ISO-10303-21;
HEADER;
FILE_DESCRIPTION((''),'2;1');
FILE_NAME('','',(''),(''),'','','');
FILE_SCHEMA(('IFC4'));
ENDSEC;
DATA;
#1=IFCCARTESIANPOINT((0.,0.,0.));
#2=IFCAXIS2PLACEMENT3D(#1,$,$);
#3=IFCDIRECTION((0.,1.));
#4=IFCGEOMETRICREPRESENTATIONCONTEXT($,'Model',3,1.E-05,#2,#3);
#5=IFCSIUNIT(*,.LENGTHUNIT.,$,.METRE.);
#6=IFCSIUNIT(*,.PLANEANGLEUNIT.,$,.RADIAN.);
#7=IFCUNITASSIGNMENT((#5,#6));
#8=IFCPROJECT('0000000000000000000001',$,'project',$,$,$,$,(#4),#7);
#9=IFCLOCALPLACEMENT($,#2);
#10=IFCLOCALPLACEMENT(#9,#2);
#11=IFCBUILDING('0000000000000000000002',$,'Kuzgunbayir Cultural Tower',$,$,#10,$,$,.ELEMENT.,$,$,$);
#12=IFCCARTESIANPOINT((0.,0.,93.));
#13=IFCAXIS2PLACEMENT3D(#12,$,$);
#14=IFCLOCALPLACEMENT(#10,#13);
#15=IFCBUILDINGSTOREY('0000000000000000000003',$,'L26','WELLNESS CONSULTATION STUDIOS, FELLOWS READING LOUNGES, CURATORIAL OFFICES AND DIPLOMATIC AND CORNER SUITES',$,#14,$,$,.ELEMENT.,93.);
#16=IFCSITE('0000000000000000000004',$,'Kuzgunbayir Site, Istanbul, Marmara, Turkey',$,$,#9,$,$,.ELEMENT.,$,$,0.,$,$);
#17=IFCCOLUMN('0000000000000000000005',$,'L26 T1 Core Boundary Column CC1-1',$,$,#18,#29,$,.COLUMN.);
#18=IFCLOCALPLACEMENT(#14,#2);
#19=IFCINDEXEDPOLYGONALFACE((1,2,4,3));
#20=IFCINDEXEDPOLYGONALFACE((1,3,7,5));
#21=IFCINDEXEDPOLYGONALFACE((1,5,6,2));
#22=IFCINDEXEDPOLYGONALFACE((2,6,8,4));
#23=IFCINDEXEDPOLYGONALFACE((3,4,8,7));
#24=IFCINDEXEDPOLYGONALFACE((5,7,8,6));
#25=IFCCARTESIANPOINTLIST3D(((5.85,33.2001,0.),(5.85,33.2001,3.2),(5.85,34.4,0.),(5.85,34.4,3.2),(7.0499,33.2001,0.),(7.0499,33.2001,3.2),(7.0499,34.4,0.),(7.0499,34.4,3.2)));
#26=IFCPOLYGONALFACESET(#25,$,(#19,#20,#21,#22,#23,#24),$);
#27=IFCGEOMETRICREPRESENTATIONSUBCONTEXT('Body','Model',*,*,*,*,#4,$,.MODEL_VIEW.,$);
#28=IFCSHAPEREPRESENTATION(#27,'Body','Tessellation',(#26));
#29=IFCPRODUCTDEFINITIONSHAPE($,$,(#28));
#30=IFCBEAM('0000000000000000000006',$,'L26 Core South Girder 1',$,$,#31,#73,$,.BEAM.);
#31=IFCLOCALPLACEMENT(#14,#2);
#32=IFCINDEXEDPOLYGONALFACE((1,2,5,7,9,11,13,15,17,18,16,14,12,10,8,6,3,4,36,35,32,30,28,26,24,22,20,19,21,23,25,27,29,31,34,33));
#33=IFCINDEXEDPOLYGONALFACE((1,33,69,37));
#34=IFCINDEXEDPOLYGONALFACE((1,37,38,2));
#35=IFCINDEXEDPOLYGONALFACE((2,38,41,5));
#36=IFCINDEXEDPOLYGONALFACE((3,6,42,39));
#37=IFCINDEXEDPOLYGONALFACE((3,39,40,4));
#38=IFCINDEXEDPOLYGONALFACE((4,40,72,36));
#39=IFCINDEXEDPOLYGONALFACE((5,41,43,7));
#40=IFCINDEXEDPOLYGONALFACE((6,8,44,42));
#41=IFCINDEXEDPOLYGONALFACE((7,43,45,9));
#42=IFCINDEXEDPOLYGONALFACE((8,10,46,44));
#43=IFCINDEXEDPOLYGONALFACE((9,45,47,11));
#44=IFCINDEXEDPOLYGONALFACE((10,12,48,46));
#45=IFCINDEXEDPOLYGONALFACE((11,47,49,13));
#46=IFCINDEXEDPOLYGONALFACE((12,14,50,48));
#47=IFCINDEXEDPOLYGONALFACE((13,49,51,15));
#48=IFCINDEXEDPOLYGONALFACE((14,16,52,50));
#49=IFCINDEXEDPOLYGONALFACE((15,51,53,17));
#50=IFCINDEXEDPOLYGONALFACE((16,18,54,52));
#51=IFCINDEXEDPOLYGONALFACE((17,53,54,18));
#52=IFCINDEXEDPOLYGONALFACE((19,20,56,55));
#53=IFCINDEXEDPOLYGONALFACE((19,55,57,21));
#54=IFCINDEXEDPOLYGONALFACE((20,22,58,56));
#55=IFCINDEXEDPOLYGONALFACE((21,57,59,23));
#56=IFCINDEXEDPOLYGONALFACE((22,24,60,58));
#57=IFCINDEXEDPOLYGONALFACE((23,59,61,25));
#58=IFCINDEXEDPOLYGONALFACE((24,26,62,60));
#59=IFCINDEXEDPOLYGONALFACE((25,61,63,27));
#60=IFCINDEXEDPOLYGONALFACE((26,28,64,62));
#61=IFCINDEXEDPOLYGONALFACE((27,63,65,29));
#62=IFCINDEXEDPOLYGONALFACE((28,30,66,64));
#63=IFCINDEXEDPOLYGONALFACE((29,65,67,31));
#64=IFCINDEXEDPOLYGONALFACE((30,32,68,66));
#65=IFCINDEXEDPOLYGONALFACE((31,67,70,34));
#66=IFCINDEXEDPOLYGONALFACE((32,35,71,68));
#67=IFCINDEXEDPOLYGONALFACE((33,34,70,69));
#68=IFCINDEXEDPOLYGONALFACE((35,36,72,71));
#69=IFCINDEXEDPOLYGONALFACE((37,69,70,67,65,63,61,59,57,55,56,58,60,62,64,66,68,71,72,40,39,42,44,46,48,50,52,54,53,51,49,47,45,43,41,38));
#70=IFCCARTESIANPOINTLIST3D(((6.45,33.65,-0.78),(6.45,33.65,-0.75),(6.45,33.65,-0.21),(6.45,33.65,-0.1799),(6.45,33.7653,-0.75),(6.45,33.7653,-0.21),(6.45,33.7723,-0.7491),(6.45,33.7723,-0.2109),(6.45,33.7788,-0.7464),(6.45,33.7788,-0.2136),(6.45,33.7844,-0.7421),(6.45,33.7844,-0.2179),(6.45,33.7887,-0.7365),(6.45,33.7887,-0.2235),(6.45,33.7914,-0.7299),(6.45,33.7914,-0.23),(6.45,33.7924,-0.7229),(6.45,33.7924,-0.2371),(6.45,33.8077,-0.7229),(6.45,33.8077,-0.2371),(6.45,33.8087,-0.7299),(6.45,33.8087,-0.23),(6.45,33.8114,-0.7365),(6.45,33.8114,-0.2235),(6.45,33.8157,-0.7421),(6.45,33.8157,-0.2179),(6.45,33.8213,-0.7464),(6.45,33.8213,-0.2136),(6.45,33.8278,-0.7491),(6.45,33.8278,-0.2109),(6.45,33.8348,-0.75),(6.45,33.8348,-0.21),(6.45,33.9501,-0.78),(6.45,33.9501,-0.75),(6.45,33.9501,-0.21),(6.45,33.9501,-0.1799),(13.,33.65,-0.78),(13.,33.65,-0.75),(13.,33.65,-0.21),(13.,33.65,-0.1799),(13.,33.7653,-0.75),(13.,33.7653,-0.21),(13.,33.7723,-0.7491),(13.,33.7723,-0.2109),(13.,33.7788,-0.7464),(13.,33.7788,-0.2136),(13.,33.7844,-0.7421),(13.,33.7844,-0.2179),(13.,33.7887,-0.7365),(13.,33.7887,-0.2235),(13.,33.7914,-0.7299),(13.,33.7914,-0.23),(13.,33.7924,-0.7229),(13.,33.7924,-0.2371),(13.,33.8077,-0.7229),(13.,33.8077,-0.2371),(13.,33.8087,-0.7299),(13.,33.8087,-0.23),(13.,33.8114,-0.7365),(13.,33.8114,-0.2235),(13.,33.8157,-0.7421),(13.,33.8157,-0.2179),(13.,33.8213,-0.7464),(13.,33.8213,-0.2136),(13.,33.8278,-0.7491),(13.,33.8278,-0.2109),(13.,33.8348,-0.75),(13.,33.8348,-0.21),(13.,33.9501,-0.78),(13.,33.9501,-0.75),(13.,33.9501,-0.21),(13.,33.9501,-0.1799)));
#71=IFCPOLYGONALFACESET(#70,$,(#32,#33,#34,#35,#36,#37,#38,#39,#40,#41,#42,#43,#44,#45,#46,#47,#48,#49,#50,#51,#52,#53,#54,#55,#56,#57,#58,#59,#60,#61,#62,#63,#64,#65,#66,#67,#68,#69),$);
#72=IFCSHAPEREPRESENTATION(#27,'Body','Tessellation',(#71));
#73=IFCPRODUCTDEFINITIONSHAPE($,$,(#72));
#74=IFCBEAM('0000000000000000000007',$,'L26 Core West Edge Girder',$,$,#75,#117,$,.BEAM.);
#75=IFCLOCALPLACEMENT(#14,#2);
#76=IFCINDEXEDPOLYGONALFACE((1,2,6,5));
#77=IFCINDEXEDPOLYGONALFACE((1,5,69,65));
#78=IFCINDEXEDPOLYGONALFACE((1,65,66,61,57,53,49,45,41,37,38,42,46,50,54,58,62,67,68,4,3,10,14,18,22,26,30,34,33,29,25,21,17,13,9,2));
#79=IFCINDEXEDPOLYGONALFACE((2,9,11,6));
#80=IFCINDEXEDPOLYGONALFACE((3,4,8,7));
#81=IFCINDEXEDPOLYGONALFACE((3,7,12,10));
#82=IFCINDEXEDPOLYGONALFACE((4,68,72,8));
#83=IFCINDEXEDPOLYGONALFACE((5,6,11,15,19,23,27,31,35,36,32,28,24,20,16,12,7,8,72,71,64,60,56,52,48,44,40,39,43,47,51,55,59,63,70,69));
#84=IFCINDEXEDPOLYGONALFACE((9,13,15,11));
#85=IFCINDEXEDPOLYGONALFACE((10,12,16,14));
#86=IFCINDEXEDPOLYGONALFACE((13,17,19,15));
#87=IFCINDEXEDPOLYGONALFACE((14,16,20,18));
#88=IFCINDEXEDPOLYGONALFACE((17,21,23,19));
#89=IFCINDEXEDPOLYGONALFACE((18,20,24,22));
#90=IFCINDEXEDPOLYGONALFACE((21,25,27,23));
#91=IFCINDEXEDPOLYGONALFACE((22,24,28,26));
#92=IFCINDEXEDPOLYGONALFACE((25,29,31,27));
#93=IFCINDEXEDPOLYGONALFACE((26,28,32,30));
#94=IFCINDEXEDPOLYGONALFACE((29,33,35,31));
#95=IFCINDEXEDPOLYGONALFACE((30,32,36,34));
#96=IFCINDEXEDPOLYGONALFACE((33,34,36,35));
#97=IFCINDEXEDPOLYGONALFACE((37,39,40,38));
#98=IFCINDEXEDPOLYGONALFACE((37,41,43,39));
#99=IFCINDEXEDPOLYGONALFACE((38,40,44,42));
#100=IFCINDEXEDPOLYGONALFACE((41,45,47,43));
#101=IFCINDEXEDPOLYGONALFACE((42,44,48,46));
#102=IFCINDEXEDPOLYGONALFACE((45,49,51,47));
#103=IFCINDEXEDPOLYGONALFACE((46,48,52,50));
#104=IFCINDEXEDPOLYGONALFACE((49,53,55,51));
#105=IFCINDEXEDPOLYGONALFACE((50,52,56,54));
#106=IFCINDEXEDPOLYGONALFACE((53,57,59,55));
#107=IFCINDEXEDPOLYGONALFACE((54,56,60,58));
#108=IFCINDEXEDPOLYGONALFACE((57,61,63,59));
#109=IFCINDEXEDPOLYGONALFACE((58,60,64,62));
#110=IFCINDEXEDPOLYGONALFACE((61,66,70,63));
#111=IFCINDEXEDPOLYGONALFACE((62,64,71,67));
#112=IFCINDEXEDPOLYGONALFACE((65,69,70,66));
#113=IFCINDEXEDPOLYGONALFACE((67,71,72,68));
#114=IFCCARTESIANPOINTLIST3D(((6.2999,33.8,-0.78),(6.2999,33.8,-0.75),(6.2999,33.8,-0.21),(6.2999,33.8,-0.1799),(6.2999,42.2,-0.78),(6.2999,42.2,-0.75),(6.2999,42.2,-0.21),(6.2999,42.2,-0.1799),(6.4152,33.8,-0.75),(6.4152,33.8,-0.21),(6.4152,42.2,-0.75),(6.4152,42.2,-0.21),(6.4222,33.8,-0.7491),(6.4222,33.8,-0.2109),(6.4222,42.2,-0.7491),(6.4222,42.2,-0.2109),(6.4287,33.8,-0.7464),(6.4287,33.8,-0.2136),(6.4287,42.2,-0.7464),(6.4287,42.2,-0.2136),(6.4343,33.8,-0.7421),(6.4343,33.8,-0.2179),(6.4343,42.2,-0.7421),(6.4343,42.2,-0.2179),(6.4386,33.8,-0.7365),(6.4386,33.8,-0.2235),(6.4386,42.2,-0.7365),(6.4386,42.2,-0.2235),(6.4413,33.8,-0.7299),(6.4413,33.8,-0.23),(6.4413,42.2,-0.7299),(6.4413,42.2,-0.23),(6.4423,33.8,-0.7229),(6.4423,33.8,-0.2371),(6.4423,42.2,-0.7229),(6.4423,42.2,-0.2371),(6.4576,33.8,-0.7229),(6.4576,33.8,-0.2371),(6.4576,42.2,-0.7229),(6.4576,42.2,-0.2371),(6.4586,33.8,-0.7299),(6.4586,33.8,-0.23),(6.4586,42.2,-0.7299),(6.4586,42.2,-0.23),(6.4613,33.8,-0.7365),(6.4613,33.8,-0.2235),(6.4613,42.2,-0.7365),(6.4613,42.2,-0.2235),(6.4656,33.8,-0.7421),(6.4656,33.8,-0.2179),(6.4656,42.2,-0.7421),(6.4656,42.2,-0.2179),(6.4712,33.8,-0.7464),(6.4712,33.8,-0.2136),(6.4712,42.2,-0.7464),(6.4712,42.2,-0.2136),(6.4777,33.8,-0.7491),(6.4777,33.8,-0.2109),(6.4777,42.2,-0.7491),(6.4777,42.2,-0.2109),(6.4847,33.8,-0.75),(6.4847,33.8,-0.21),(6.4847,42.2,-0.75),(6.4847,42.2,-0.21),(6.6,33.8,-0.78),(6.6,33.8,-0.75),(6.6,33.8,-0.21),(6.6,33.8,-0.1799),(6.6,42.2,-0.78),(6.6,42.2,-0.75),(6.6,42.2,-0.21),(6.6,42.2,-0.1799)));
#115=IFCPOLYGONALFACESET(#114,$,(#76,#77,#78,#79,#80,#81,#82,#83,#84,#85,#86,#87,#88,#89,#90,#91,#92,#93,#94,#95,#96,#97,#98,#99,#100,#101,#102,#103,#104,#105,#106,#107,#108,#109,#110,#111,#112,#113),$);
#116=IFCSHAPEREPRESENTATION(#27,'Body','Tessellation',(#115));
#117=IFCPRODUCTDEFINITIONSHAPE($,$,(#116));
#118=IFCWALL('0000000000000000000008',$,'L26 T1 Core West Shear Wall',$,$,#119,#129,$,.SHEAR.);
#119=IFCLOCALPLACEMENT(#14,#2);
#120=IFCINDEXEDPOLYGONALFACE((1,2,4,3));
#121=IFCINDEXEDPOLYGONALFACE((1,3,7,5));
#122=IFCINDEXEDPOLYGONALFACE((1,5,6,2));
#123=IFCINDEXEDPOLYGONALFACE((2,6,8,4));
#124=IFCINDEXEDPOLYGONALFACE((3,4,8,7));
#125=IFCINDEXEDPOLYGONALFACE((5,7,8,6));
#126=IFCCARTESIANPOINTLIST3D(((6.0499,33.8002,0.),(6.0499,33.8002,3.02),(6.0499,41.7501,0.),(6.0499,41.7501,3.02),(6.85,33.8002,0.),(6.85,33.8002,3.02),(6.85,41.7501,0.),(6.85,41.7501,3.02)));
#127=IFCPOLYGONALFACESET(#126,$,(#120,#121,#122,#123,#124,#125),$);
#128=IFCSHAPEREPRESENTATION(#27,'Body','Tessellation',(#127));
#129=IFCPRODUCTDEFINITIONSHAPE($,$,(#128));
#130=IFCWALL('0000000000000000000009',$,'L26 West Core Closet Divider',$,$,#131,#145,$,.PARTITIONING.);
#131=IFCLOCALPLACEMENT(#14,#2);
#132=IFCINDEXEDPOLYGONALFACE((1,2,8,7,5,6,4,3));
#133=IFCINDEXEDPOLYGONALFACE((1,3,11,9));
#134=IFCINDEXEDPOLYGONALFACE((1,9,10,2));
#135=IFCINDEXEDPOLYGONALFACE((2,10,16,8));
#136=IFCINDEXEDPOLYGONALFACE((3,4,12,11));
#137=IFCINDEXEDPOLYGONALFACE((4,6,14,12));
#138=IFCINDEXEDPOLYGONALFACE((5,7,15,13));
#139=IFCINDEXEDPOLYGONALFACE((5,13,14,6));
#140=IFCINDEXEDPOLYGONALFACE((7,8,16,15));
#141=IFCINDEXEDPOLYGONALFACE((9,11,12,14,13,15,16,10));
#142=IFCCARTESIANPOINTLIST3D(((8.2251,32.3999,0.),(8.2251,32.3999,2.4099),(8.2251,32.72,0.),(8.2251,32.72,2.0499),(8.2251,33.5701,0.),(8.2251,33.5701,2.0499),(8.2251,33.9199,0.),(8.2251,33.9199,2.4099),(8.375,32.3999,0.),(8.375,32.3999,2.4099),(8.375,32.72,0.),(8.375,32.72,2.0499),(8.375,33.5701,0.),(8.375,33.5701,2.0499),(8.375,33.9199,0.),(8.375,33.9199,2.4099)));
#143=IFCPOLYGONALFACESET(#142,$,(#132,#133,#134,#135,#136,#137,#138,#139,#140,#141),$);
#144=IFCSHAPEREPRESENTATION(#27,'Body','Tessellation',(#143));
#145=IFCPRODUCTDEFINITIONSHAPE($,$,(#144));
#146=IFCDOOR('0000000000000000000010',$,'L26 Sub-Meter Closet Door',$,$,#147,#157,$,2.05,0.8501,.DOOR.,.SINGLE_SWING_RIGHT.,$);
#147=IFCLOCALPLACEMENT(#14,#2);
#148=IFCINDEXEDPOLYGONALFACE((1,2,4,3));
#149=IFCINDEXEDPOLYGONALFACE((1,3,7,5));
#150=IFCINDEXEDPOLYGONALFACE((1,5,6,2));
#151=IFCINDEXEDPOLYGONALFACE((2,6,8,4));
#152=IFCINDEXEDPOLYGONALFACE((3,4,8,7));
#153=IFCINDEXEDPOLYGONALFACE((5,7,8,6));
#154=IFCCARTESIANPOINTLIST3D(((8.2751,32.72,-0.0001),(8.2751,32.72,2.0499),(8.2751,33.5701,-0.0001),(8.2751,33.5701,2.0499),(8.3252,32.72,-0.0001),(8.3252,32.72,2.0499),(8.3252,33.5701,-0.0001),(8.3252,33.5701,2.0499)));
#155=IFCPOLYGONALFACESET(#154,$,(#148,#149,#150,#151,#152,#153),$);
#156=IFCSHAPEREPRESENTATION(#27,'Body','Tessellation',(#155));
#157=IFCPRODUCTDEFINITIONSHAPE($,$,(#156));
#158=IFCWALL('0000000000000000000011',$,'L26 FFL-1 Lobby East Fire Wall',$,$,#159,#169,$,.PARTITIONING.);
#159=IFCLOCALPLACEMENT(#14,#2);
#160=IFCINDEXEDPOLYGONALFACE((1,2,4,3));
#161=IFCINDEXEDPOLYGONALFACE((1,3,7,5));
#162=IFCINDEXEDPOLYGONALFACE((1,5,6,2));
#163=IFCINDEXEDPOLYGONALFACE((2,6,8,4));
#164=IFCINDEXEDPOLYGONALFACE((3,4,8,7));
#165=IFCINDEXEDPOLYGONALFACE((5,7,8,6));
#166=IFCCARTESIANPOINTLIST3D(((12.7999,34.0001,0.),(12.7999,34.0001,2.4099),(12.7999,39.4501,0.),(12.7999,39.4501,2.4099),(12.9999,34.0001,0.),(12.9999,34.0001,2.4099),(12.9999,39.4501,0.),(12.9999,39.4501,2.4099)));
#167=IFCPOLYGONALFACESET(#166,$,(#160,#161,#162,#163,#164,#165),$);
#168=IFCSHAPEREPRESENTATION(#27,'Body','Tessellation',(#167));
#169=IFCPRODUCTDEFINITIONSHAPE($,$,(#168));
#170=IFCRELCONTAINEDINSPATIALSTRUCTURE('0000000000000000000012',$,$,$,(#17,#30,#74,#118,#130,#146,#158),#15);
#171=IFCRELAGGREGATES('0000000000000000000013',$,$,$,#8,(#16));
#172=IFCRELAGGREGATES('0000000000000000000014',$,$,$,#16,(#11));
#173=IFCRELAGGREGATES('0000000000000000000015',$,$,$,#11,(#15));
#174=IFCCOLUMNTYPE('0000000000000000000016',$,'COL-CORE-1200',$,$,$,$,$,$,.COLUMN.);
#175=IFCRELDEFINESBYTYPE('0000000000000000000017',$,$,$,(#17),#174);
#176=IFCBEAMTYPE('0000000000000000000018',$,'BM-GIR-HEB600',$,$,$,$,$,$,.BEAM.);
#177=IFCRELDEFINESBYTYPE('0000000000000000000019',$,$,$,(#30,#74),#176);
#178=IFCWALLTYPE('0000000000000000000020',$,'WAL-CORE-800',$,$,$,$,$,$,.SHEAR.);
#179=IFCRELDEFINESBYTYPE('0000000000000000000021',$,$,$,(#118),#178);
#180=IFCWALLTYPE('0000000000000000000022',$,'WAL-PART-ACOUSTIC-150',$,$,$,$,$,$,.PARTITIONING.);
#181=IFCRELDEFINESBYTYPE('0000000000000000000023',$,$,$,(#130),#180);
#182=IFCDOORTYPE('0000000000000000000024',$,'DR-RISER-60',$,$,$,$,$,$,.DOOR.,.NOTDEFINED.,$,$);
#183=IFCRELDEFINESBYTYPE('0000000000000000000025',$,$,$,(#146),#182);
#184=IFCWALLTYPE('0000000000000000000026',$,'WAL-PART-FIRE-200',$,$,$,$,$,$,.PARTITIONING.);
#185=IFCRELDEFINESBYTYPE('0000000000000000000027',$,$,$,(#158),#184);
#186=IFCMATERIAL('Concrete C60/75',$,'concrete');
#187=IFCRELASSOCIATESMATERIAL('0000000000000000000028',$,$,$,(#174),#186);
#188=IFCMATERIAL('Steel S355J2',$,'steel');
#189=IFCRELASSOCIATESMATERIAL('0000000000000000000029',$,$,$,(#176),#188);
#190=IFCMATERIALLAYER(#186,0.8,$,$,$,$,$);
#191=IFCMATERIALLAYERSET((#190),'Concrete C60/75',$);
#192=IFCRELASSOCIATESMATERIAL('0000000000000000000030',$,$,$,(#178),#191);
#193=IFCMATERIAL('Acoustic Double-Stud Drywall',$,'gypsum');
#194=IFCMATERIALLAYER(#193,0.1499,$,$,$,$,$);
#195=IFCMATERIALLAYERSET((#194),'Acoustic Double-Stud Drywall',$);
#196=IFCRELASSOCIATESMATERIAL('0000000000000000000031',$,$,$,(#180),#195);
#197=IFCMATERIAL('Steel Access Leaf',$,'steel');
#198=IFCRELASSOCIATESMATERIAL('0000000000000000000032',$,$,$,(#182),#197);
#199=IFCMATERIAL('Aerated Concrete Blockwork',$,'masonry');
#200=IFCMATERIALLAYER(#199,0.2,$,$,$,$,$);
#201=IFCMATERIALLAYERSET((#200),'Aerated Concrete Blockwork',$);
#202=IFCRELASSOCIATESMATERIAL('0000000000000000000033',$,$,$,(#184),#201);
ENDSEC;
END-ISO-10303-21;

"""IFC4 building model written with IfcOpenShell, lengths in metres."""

from ifc_helpers import new_model, si_unit, direction, frame, frame_2d, origin, origin_2d, place, context, subcontext, project, spatial, rectangle, i_section, extrude, material, layer, layer_set, material_profile, profile_set, type_object, element, fill, save


model = new_model("IFC4")

# Units and contexts
model_context = context("Model", 3, precision=1e-05, world=origin(), true_north=direction((0.0, 1.0)))
body_context = subcontext(model_context, "Body", "Model", "MODEL_VIEW")
ifc_project = project(units=[si_unit("LENGTHUNIT", "METRE"), si_unit("PLANEANGLEUNIT", "RADIAN")], contexts=[model_context])

# Site, building, storey
site_placement = place(None, origin())
site = spatial("IfcSite", under=ifc_project, at=site_placement, Name="Kuzgunbayir Site, Istanbul, Marmara, Turkey", CompositionType="ELEMENT", RefElevation=0.0)
building_placement = place(site_placement, origin())
building = spatial("IfcBuilding", under=site, at=building_placement, Name="Kuzgunbayir Cultural Tower", CompositionType="ELEMENT")
storey_placement = place(building_placement, frame((0.0, 0.0, 93.0)))
storey = spatial("IfcBuildingStorey", under=building, at=storey_placement, Name="L26", Description="WELLNESS CONSULTATION STUDIOS, FELLOWS READING LOUNGES, CURATORIAL OFFICES AND DIPLOMATIC AND CORNER SUITES", CompositionType="ELEMENT", Elevation=93.0)

# Column
ifc_material_1 = material(Name="Concrete C60/75", Category="concrete")
ifc_material_profile_1 = material_profile(ifc_material_1, rectangle(XDim=1.2, YDim=1.2, at=origin_2d()), Name="RC 1200x1200")
ifc_profile_set_1 = profile_set([ifc_material_profile_1], Name="Concrete C60/75")
column_type = type_object("IfcColumnType", Name="COL-CORE-1200", PredefinedType="COLUMN", material=ifc_profile_set_1)
column_placement = place(storey_placement, frame((6.45, 33.8, 0.0), z_axis=(0.0, 0.0, 1.0), x_axis=(1.0, 0.0, 0.0)))
element("IfcColumn", 1, at=column_placement, inside=storey, type_object=column_type, Name="L26 T1 Core Boundary Column CC1-1", PredefinedType="COLUMN", context=body_context, shape_type="SweptSolid", body=[
    extrude(rectangle(XDim=1.2, YDim=1.2, at=origin_2d()), origin(), (0.0, 0.0, 1.0), 3.2),
])

# Beams
ifc_material_2 = material(Name="Steel S355J2", Category="steel")
ifc_material_profile_2 = material_profile(ifc_material_2, i_section(OverallWidth=0.3, OverallDepth=0.6001, WebThickness=0.0154, FlangeThickness=0.03, FilletRadius=0.0271, at=origin_2d()), Name="HEB 600")
ifc_profile_set_2 = profile_set([ifc_material_profile_2], Name="Steel S355J2")
beam_type = type_object("IfcBeamType", Name="BM-GIR-HEB600", PredefinedType="BEAM", material=ifc_profile_set_2)
beam_1_placement = place(storey_placement, frame((6.45, 33.8, -0.48), z_axis=(1.0, 0.0, 0.0), x_axis=(0.0, 1.0, 0.0)))
element("IfcBeam", 2, at=beam_1_placement, inside=storey, type_object=beam_type, Name="L26 Core South Girder 1", PredefinedType="BEAM", context=body_context, shape_type="SweptSolid", body=[
    extrude(i_section(OverallWidth=0.3, OverallDepth=0.6001, WebThickness=0.0154, FlangeThickness=0.03, FilletRadius=0.0271, at=origin_2d()), origin(), (0.0, 0.0, 1.0), 6.55),
])
beam_2_placement = place(storey_placement, frame((6.45, 33.8, -0.48), z_axis=(0.0, 1.0, 0.0), x_axis=(-1.0, 0.0, 0.0)))
element("IfcBeam", 3, at=beam_2_placement, inside=storey, type_object=beam_type, Name="L26 Core West Edge Girder", PredefinedType="BEAM", context=body_context, shape_type="SweptSolid", body=[
    extrude(i_section(OverallWidth=0.3, OverallDepth=0.6001, WebThickness=0.0154, FlangeThickness=0.03, FilletRadius=0.0271, at=origin_2d()), origin(), (0.0, 0.0, 1.0), 8.3999),
])

# Wall
ifc_layer_1 = layer(ifc_material_1, 0.8)
ifc_layer_set_1 = layer_set([ifc_layer_1], Name="Concrete C60/75")
wall_type_1 = type_object("IfcWallType", Name="WAL-CORE-800", PredefinedType="SHEAR", material=ifc_layer_set_1)
wall_1_placement = place(storey_placement, frame((6.45, 33.8, 0.0), z_axis=(0.0, 0.0, 1.0), x_axis=(0.0, 1.0, 0.0)))
element("IfcWall", 4, at=wall_1_placement, inside=storey, type_object=wall_type_1, Name="L26 T1 Core West Shear Wall", PredefinedType="SHEAR", context=body_context, shape_type="SweptSolid", body=[
    extrude(rectangle(XDim=7.95, YDim=0.8, at=frame_2d((3.9751, 0.0))), origin(), (0.0, 0.0, 1.0), 3.02),
])

# Wall, opening, door
ifc_material_3 = material(Name="Acoustic Double-Stud Drywall", Category="gypsum")
ifc_layer_2 = layer(ifc_material_3, 0.1499)
ifc_layer_set_2 = layer_set([ifc_layer_2], Name="Acoustic Double-Stud Drywall")
wall_type_2 = type_object("IfcWallType", Name="WAL-PART-ACOUSTIC-150", PredefinedType="PARTITIONING", material=ifc_layer_set_2)
wall_2_placement = place(storey_placement, frame((8.3, 32.3999, 0.0), z_axis=(0.0, 0.0, 1.0), x_axis=(0.0, 1.0, 0.0)))
wall_2 = element("IfcWall", 5, at=wall_2_placement, inside=storey, type_object=wall_type_2, Name="L26 West Core Closet Divider", PredefinedType="PARTITIONING", context=body_context, shape_type="SweptSolid", body=[
    extrude(rectangle(XDim=1.52, YDim=0.1499, at=frame_2d((0.76, 0.0))), origin(), (0.0, 0.0, 1.0), 2.4099),
])
opening_1_placement = place(wall_2_placement, frame((0.3201, 0.0, 0.0)))
opening_1 = element("IfcOpeningElement", 6, at=opening_1_placement, cuts=wall_2, PredefinedType="OPENING", context=body_context, shape_type="SweptSolid", body=[
    extrude(rectangle(XDim=0.8501, YDim=2.05, at=frame_2d((0.425, 1.0249))), frame((0.0, 0.085, 0.0), z_axis=(0.0, -1.0, 0.0), x_axis=(1.0, 0.0, 0.0)), (0.0, 0.0, 1.0), 0.1699),
])
ifc_material_4 = material(Name="Steel Access Leaf", Category="steel")
door_type_1 = type_object("IfcDoorType", Name="DR-RISER-60", OperationType="NOTDEFINED", PredefinedType="DOOR", material=ifc_material_4)
door_1_placement = place(opening_1_placement, origin())
door_1 = element("IfcDoor", 7, at=door_1_placement, inside=storey, type_object=door_type_1, Name="L26 Sub-Meter Closet Door", OperationType="SINGLE_SWING_RIGHT", OverallHeight=2.05, OverallWidth=0.8501, PredefinedType="DOOR", context=body_context, shape_type="SweptSolid", body=[
    extrude(rectangle(XDim=0.8501, YDim=2.05, at=frame_2d((0.425, 1.0249))), frame((0.0, 0.0249, 0.0), z_axis=(0.0, -1.0, 0.0), x_axis=(1.0, 0.0, 0.0)), (0.0, 0.0, 1.0), 0.05),
])
fill(opening_1, door_1)

# Wall
ifc_material_5 = material(Name="Aerated Concrete Blockwork", Category="masonry")
ifc_layer_3 = layer(ifc_material_5, 0.2)
ifc_layer_set_3 = layer_set([ifc_layer_3], Name="Aerated Concrete Blockwork")
wall_type_3 = type_object("IfcWallType", Name="WAL-PART-FIRE-200", PredefinedType="PARTITIONING", material=ifc_layer_set_3)
wall_3_placement = place(storey_placement, frame((12.8999, 34.0, 0.0), z_axis=(0.0, 0.0, 1.0), x_axis=(0.0, 1.0, 0.0)))
element("IfcWall", 8, at=wall_3_placement, inside=storey, type_object=wall_type_3, Name="L26 FFL-1 Lobby East Fire Wall", PredefinedType="PARTITIONING", context=body_context, shape_type="SweptSolid", body=[
    extrude(rectangle(XDim=5.45, YDim=0.2, at=frame_2d((2.7251, 0.0))), origin(), (0.0, 0.0, 1.0), 2.4099),
])

save(model, "model.ifc")
